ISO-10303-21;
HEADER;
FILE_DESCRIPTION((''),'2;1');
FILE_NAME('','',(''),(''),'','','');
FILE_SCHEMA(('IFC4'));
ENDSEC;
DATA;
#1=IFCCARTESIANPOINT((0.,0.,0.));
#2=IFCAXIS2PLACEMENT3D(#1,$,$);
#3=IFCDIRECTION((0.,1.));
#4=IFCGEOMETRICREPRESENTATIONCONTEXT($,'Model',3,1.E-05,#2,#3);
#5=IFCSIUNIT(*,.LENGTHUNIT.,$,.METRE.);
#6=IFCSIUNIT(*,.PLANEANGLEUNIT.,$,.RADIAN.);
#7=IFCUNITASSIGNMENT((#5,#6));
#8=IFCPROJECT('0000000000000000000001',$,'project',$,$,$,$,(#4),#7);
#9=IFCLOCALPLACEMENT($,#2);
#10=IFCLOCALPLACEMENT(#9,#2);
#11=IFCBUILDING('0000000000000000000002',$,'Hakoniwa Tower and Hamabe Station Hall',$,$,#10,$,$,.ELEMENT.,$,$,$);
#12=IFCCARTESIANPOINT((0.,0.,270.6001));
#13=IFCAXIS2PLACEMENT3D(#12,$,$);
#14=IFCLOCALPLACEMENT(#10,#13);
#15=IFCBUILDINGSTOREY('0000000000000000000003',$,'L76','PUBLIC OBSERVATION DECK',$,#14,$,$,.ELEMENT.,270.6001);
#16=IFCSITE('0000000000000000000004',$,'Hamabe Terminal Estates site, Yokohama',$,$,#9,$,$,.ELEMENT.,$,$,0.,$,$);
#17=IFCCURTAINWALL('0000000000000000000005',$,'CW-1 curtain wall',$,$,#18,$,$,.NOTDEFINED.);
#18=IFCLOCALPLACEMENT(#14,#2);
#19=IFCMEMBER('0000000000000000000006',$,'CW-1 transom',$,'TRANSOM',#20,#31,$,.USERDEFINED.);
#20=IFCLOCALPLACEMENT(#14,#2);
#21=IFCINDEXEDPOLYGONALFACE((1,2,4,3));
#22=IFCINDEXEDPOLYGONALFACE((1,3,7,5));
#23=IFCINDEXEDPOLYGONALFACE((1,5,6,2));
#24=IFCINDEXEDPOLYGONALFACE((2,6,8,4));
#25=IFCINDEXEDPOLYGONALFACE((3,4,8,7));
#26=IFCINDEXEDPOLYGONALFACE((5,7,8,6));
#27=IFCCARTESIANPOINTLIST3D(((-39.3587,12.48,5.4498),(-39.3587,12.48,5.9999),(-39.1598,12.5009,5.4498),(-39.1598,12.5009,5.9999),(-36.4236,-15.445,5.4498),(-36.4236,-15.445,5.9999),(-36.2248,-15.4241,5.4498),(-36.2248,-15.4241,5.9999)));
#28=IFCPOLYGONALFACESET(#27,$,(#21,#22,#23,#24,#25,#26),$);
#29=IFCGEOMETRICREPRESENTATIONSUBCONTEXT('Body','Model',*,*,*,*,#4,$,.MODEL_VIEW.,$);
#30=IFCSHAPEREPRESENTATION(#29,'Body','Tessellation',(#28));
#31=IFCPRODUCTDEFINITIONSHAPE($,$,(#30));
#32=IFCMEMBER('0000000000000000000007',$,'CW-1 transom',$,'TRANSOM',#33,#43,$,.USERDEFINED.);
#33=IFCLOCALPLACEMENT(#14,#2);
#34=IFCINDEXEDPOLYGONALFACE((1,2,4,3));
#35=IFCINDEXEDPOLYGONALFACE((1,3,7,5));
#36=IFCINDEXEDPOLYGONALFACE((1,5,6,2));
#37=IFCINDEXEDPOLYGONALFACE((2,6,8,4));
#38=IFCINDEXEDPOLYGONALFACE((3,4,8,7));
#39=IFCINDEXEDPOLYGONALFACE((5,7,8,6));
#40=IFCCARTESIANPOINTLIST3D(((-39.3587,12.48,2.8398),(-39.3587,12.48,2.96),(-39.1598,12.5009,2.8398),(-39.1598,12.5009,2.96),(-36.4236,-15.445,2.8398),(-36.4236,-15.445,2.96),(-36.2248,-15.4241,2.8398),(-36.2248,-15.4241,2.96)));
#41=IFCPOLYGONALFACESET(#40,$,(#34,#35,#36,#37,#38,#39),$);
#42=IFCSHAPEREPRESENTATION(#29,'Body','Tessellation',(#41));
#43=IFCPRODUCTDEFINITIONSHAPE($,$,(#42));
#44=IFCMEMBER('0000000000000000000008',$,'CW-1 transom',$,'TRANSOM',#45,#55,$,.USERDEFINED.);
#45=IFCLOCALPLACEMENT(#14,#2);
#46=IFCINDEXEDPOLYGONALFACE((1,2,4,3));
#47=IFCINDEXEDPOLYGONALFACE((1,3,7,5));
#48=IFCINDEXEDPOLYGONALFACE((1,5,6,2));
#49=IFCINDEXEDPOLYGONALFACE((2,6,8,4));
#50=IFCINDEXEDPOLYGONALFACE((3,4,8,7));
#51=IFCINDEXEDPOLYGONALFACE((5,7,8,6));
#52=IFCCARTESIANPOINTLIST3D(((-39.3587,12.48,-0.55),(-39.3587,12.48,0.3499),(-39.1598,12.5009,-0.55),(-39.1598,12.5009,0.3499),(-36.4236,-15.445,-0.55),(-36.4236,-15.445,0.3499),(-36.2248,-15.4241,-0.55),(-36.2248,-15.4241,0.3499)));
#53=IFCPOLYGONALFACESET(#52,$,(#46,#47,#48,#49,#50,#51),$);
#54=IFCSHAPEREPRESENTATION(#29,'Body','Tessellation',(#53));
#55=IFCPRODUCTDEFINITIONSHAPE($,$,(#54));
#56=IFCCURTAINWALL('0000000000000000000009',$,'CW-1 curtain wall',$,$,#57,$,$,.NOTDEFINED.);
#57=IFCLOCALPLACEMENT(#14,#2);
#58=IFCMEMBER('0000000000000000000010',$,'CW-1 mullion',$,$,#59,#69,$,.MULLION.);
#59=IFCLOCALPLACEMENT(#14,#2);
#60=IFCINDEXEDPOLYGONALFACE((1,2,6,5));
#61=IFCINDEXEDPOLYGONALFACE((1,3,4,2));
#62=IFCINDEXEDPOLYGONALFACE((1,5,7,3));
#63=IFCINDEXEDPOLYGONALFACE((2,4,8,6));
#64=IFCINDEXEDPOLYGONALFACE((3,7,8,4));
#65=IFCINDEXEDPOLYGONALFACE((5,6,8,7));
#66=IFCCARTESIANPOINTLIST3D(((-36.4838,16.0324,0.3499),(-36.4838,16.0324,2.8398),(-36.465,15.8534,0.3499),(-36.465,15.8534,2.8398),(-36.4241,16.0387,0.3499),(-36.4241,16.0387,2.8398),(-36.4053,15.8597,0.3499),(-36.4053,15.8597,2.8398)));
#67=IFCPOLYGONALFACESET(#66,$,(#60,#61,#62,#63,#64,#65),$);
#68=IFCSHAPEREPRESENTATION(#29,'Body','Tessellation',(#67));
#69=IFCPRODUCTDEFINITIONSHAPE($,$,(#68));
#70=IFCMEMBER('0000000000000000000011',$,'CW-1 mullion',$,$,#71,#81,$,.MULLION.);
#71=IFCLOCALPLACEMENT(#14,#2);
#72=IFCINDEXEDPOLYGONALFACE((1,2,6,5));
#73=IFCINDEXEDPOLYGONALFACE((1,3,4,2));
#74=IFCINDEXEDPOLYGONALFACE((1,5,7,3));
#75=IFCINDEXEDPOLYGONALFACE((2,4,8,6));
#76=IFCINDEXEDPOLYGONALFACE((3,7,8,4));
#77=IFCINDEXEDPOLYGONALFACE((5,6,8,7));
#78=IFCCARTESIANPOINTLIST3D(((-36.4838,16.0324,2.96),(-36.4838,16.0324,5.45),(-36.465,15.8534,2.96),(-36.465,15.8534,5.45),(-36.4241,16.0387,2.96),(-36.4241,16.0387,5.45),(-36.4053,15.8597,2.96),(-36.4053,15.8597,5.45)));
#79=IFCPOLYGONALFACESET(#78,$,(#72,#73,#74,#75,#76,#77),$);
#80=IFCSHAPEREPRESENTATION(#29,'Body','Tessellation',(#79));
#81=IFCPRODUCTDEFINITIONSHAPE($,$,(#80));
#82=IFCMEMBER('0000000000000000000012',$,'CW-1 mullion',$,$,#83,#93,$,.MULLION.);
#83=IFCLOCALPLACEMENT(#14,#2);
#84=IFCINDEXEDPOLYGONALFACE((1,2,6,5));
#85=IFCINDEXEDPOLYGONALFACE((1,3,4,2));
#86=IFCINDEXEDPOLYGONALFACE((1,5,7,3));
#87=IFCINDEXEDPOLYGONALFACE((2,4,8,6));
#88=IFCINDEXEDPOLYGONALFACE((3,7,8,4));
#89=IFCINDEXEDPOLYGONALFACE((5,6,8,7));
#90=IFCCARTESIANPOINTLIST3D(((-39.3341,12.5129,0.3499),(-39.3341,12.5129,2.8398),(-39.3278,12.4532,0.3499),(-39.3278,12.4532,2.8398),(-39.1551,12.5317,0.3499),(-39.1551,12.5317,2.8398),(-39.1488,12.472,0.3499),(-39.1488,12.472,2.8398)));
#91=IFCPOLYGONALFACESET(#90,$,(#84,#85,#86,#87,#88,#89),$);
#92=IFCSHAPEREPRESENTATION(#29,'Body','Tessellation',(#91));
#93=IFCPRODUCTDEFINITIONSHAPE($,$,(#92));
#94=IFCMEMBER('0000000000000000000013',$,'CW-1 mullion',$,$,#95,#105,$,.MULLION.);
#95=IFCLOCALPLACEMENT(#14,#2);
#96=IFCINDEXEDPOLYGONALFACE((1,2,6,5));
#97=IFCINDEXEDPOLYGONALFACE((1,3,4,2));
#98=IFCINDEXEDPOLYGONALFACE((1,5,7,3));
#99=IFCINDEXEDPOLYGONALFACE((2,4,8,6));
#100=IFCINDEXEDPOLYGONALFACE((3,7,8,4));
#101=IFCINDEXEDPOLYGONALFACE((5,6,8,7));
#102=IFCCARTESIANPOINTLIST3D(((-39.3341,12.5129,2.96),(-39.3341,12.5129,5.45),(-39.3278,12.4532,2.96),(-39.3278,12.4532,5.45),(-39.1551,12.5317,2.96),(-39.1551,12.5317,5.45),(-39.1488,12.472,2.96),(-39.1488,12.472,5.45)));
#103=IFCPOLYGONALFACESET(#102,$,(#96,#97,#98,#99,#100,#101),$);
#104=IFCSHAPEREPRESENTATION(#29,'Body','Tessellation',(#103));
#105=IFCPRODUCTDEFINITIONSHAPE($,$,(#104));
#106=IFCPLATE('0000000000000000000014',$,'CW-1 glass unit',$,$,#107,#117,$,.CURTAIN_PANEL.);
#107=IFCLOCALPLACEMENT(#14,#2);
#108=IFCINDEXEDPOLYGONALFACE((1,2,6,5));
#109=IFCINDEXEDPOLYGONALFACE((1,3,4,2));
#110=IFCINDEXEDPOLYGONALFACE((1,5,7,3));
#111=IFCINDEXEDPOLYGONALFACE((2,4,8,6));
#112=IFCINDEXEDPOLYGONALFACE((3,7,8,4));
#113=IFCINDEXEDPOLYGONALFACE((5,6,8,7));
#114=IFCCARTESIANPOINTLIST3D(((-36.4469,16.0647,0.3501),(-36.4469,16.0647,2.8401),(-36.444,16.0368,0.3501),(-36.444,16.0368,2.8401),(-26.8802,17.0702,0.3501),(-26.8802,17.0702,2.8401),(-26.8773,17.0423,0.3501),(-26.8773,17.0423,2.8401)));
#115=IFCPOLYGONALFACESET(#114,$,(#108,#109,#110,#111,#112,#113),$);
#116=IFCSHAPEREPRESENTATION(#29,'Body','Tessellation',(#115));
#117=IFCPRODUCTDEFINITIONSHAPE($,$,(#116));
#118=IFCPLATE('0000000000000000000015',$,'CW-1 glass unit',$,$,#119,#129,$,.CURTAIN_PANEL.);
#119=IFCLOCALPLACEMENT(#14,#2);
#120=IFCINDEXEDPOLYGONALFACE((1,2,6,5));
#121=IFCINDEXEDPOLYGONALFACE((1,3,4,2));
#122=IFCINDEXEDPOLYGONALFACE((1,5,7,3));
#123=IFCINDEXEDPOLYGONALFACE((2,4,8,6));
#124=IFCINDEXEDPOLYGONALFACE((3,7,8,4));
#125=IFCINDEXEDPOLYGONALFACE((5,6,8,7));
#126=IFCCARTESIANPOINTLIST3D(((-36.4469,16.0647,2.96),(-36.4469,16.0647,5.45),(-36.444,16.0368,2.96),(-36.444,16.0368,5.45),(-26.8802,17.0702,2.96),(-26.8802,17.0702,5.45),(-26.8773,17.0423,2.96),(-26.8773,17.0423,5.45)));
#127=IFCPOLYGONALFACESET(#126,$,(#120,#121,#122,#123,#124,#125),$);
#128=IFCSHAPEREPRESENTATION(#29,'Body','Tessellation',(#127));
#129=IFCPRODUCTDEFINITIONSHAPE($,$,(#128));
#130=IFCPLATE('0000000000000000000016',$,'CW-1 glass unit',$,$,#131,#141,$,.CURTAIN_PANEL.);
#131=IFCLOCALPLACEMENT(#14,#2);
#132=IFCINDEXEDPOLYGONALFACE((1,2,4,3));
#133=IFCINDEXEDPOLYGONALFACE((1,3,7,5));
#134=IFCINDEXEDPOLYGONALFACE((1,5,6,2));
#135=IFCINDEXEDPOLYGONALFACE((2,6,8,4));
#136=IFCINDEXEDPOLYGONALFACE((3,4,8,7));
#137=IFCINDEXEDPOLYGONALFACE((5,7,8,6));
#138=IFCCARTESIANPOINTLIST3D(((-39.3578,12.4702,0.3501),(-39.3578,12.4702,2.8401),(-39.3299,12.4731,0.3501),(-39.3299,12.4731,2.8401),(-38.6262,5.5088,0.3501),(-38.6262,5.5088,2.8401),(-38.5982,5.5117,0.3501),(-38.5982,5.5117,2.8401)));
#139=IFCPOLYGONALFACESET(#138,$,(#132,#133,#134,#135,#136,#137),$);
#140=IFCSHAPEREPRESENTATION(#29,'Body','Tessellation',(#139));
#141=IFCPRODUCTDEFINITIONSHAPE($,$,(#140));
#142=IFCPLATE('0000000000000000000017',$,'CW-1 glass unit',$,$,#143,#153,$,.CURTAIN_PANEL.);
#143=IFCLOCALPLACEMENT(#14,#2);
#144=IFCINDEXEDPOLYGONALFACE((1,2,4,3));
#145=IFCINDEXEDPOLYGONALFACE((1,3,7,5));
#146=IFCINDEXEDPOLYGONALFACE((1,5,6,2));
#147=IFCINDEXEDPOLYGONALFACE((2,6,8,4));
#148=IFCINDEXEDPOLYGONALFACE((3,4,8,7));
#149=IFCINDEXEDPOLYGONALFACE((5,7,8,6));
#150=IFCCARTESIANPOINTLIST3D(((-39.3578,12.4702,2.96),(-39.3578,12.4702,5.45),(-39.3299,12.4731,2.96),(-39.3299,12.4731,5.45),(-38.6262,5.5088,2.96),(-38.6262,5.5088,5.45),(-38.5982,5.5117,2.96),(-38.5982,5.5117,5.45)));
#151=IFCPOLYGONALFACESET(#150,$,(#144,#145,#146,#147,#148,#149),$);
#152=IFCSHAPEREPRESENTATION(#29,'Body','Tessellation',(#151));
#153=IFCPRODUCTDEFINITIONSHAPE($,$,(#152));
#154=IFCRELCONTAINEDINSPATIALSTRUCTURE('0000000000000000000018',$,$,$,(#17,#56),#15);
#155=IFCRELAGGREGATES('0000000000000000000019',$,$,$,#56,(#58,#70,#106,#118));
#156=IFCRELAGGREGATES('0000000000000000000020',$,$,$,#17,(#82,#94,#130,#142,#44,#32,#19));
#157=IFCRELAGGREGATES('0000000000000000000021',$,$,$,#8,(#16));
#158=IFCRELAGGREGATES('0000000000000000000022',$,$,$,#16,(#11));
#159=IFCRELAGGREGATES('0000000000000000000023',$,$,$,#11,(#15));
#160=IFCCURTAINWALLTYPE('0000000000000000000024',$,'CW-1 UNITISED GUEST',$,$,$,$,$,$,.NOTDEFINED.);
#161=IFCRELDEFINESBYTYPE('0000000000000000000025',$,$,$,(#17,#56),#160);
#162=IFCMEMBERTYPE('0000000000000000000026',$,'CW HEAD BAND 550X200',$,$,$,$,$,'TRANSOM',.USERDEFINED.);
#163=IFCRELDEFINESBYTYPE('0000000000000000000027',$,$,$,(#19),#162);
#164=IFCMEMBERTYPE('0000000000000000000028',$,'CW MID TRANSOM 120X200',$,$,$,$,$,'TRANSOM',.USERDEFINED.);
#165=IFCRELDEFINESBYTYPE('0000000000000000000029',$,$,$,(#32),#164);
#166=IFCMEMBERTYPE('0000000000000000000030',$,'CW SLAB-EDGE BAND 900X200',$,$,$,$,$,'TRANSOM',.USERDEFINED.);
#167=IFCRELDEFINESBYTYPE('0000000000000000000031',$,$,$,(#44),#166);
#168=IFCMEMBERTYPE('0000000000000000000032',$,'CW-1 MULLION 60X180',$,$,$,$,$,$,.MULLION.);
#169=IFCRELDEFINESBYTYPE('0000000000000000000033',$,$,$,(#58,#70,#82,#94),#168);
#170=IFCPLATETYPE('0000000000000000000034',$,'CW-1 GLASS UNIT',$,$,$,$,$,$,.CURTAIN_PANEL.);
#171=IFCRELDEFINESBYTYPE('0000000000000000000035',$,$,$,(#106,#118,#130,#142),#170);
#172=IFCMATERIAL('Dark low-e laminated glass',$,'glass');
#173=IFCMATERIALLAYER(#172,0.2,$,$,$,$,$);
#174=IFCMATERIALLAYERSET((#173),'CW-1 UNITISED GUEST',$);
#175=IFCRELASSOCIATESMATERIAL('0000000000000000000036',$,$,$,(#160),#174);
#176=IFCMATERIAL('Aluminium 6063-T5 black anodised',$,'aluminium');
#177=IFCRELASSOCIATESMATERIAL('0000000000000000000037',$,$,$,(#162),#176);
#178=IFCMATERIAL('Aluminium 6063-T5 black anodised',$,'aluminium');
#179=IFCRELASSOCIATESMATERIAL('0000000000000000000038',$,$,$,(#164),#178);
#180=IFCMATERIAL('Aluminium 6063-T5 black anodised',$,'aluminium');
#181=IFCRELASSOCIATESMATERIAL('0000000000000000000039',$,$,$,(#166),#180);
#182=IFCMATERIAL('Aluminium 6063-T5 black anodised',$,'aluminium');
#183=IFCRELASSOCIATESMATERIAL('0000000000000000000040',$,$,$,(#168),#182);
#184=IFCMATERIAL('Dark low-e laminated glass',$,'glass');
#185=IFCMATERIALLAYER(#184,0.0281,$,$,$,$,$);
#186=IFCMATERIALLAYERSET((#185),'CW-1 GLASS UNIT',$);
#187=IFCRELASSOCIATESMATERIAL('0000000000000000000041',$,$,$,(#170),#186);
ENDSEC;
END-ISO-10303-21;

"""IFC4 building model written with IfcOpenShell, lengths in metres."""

from ifc_helpers import new_model, si_unit, direction, frame, origin, origin_2d, place, context, subcontext, project, spatial, rectangle, extrude, material, layer, layer_set, material_profile, profile_set, type_object, element, aggregate, save


model = new_model("IFC4")

# Units and contexts
model_context = context("Model", 3, precision=1e-05, world=origin(), true_north=direction((0.0, 1.0)))
body_context = subcontext(model_context, "Body", "Model", "MODEL_VIEW")
ifc_project = project(units=[si_unit("LENGTHUNIT", "METRE"), si_unit("PLANEANGLEUNIT", "RADIAN")], contexts=[model_context])

# Site, building, storey
site_placement = place(None, origin())
site = spatial("IfcSite", under=ifc_project, at=site_placement, Name="Hamabe Terminal Estates site, Yokohama", CompositionType="ELEMENT", RefElevation=0.0)
building_placement = place(site_placement, origin())
building = spatial("IfcBuilding", under=site, at=building_placement, Name="Hakoniwa Tower and Hamabe Station Hall", CompositionType="ELEMENT")
storey_placement = place(building_placement, frame((0.0, 0.0, 270.6001)))
storey = spatial("IfcBuildingStorey", under=building, at=storey_placement, Name="L76", Description="PUBLIC OBSERVATION DECK", CompositionType="ELEMENT", Elevation=270.6001)

# Curtain walls, members
ifc_material_1 = material(Name="Dark low-e laminated glass", Category="glass")
ifc_layer_1 = layer(ifc_material_1, 0.2)
ifc_layer_set_1 = layer_set([ifc_layer_1], Name="CW-1 UNITISED GUEST")
curtain_wall_type = type_object("IfcCurtainWallType", Name="CW-1 UNITISED GUEST", PredefinedType="NOTDEFINED", material=ifc_layer_set_1)
curtain_wall_1_placement = place(storey_placement, origin())
curtain_wall_1 = element("IfcCurtainWall", 1, at=curtain_wall_1_placement, inside=storey, type_object=curtain_wall_type, Name="CW-1 curtain wall", PredefinedType="NOTDEFINED")
ifc_material_2 = material(Name="Aluminium 6063-T5 black anodised", Category="aluminium")
ifc_material_profile_1 = material_profile(ifc_material_2, rectangle(XDim=0.2, YDim=0.55, at=origin_2d()), Name="CW HEAD BAND 550X200")
ifc_profile_set_1 = profile_set([ifc_material_profile_1], Name="Aluminium 6063-T5 black anodised")
member_type_1 = type_object("IfcMemberType", Name="CW HEAD BAND 550X200", ElementType="TRANSOM", PredefinedType="USERDEFINED", material=ifc_profile_set_1)
member_1_placement = place(storey_placement, frame((-39.2593, 12.4905, 5.7249), z_axis=(0.104529, -0.994522, 0.0), x_axis=(0.994522, 0.104529, 0.0)))
member_1 = element("IfcMember", 2, at=member_1_placement, type_object=member_type_1, Name="CW-1 transom", ObjectType="TRANSOM", PredefinedType="USERDEFINED", context=body_context, shape_type="SweptSolid", body=[
    extrude(rectangle(XDim=0.2, YDim=0.55, at=origin_2d()), origin(), (0.0, 0.0, 1.0), 28.0789),
])
ifc_material_3 = material(Name="Aluminium 6063-T5 black anodised", Category="aluminium")
ifc_material_profile_2 = material_profile(ifc_material_3, rectangle(XDim=0.2, YDim=0.1201, at=origin_2d()), Name="CW MID TRANSOM 120X200")
ifc_profile_set_2 = profile_set([ifc_material_profile_2], Name="Aluminium 6063-T5 black anodised")
member_type_2 = type_object("IfcMemberType", Name="CW MID TRANSOM 120X200", ElementType="TRANSOM", PredefinedType="USERDEFINED", material=ifc_profile_set_2)
member_2_placement = place(storey_placement, frame((-39.2593, 12.4905, 2.8999), z_axis=(0.104529, -0.994522, 0.0), x_axis=(0.994522, 0.104529, 0.0)))
member_2 = element("IfcMember", 3, at=member_2_placement, type_object=member_type_2, Name="CW-1 transom", ObjectType="TRANSOM", PredefinedType="USERDEFINED", context=body_context, shape_type="SweptSolid", body=[
    extrude(rectangle(XDim=0.2, YDim=0.1201, at=origin_2d()), origin(), (0.0, 0.0, 1.0), 28.0789),
])
ifc_material_4 = material(Name="Aluminium 6063-T5 black anodised", Category="aluminium")
ifc_material_profile_3 = material_profile(ifc_material_4, rectangle(XDim=0.2, YDim=0.8999, at=origin_2d()), Name="CW SLAB-EDGE BAND 900X200")
ifc_profile_set_3 = profile_set([ifc_material_profile_3], Name="Aluminium 6063-T5 black anodised")
member_type_3 = type_object("IfcMemberType", Name="CW SLAB-EDGE BAND 900X200", ElementType="TRANSOM", PredefinedType="USERDEFINED", material=ifc_profile_set_3)
member_3_placement = place(storey_placement, frame((-39.2593, 12.4905, -0.1001), z_axis=(0.104529, -0.994522, 0.0), x_axis=(0.994522, 0.104529, 0.0)))
member_3 = element("IfcMember", 4, at=member_3_placement, type_object=member_type_3, Name="CW-1 transom", ObjectType="TRANSOM", PredefinedType="USERDEFINED", context=body_context, shape_type="SweptSolid", body=[
    extrude(rectangle(XDim=0.2, YDim=0.8999, at=origin_2d()), origin(), (0.0, 0.0, 1.0), 28.0789),
])
curtain_wall_2_placement = place(storey_placement, origin())
curtain_wall_2 = element("IfcCurtainWall", 5, at=curtain_wall_2_placement, inside=storey, type_object=curtain_wall_type, Name="CW-1 curtain wall", PredefinedType="NOTDEFINED")
ifc_material_5 = material(Name="Aluminium 6063-T5 black anodised", Category="aluminium")
ifc_material_profile_4 = material_profile(ifc_material_5, rectangle(XDim=0.0601, YDim=0.1799, at=origin_2d()), Name="CW-1 MULLION 60X180")
ifc_profile_set_4 = profile_set([ifc_material_profile_4], Name="Aluminium 6063-T5 black anodised")
member_type_4 = type_object("IfcMemberType", Name="CW-1 MULLION 60X180", PredefinedType="MULLION", material=ifc_profile_set_4)
member_4_placement = place(storey_placement, frame((-36.4446, 15.946, 0.3499), z_axis=(0.0, 0.0, 1.0), x_axis=(-0.994522, -0.104528, 0.0)))
member_4 = element("IfcMember", 6, at=member_4_placement, type_object=member_type_4, Name="CW-1 mullion", PredefinedType="MULLION", context=body_context, shape_type="SweptSolid", body=[
    extrude(rectangle(XDim=0.0601, YDim=0.1799, at=origin_2d()), origin(), (0.0, 0.0, 1.0), 2.49),
])
member_5_placement = place(storey_placement, frame((-36.4446, 15.946, 2.96), z_axis=(0.0, 0.0, 1.0), x_axis=(-0.994522, -0.104528, 0.0)))
member_5 = element("IfcMember", 7, at=member_5_placement, type_object=member_type_4, Name="CW-1 mullion", PredefinedType="MULLION", context=body_context, shape_type="SweptSolid", body=[
    extrude(rectangle(XDim=0.0601, YDim=0.1799, at=origin_2d()), origin(), (0.0, 0.0, 1.0), 2.49),
])

# Members
member_6_placement = place(storey_placement, frame((-39.2415, 12.4924, 0.3499), z_axis=(0.0, 0.0, 1.0), x_axis=(0.104528, -0.994522, 0.0)))
member_6 = element("IfcMember", 8, at=member_6_placement, type_object=member_type_4, Name="CW-1 mullion", PredefinedType="MULLION", context=body_context, shape_type="SweptSolid", body=[
    extrude(rectangle(XDim=0.0601, YDim=0.1799, at=origin_2d()), origin(), (0.0, 0.0, 1.0), 2.49),
])
member_7_placement = place(storey_placement, frame((-39.2415, 12.4924, 2.96), z_axis=(0.0, 0.0, 1.0), x_axis=(0.104528, -0.994522, 0.0)))
member_7 = element("IfcMember", 9, at=member_7_placement, type_object=member_type_4, Name="CW-1 mullion", PredefinedType="MULLION", context=body_context, shape_type="SweptSolid", body=[
    extrude(rectangle(XDim=0.0601, YDim=0.1799, at=origin_2d()), origin(), (0.0, 0.0, 1.0), 2.49),
])

# Plates
ifc_material_6 = material(Name="Dark low-e laminated glass", Category="glass")
ifc_layer_2 = layer(ifc_material_6, 0.0281)
ifc_layer_set_2 = layer_set([ifc_layer_2], Name="CW-1 GLASS UNIT")
plate_type = type_object("IfcPlateType", Name="CW-1 GLASS UNIT", PredefinedType="CURTAIN_PANEL", material=ifc_layer_set_2)
plate_1_placement = place(storey_placement, frame((-31.6621, 16.5535, 0.3501), z_axis=(0.0, 0.0, 1.0), x_axis=(-0.994522, -0.104528, 0.0)))
plate_1 = element("IfcPlate", 10, at=plate_1_placement, type_object=plate_type, Name="CW-1 glass unit", PredefinedType="CURTAIN_PANEL", context=body_context, shape_type="SweptSolid", body=[
    extrude(rectangle(XDim=9.6194, YDim=0.0281, at=origin_2d()), origin(), (0.0, 0.0, 1.0), 2.49),
])
plate_2_placement = place(storey_placement, frame((-31.6621, 16.5535, 2.96), z_axis=(0.0, 0.0, 1.0), x_axis=(-0.994522, -0.104528, 0.0)))
plate_2 = element("IfcPlate", 11, at=plate_2_placement, type_object=plate_type, Name="CW-1 glass unit", PredefinedType="CURTAIN_PANEL", context=body_context, shape_type="SweptSolid", body=[
    extrude(rectangle(XDim=9.6194, YDim=0.0281, at=origin_2d()), origin(), (0.0, 0.0, 1.0), 2.49),
])
aggregate(curtain_wall_2, [member_4, member_5, plate_1, plate_2])
plate_3_placement = place(storey_placement, frame((-38.978, 8.991, 0.3501), z_axis=(0.0, 0.0, 1.0), x_axis=(0.104528, -0.994522, 0.0)))
plate_3 = element("IfcPlate", 12, at=plate_3_placement, type_object=plate_type, Name="CW-1 glass unit", PredefinedType="CURTAIN_PANEL", context=body_context, shape_type="SweptSolid", body=[
    extrude(rectangle(XDim=6.9998, YDim=0.0281, at=origin_2d()), origin(), (0.0, 0.0, 1.0), 2.49),
])
plate_4_placement = place(storey_placement, frame((-38.978, 8.991, 2.96), z_axis=(0.0, 0.0, 1.0), x_axis=(0.104528, -0.994522, 0.0)))
plate_4 = element("IfcPlate", 13, at=plate_4_placement, type_object=plate_type, Name="CW-1 glass unit", PredefinedType="CURTAIN_PANEL", context=body_context, shape_type="SweptSolid", body=[
    extrude(rectangle(XDim=6.9998, YDim=0.0281, at=origin_2d()), origin(), (0.0, 0.0, 1.0), 2.49),
])
aggregate(curtain_wall_1, [member_6, member_7, plate_3, plate_4, member_3, member_2, member_1])

save(model, "model.ifc")
